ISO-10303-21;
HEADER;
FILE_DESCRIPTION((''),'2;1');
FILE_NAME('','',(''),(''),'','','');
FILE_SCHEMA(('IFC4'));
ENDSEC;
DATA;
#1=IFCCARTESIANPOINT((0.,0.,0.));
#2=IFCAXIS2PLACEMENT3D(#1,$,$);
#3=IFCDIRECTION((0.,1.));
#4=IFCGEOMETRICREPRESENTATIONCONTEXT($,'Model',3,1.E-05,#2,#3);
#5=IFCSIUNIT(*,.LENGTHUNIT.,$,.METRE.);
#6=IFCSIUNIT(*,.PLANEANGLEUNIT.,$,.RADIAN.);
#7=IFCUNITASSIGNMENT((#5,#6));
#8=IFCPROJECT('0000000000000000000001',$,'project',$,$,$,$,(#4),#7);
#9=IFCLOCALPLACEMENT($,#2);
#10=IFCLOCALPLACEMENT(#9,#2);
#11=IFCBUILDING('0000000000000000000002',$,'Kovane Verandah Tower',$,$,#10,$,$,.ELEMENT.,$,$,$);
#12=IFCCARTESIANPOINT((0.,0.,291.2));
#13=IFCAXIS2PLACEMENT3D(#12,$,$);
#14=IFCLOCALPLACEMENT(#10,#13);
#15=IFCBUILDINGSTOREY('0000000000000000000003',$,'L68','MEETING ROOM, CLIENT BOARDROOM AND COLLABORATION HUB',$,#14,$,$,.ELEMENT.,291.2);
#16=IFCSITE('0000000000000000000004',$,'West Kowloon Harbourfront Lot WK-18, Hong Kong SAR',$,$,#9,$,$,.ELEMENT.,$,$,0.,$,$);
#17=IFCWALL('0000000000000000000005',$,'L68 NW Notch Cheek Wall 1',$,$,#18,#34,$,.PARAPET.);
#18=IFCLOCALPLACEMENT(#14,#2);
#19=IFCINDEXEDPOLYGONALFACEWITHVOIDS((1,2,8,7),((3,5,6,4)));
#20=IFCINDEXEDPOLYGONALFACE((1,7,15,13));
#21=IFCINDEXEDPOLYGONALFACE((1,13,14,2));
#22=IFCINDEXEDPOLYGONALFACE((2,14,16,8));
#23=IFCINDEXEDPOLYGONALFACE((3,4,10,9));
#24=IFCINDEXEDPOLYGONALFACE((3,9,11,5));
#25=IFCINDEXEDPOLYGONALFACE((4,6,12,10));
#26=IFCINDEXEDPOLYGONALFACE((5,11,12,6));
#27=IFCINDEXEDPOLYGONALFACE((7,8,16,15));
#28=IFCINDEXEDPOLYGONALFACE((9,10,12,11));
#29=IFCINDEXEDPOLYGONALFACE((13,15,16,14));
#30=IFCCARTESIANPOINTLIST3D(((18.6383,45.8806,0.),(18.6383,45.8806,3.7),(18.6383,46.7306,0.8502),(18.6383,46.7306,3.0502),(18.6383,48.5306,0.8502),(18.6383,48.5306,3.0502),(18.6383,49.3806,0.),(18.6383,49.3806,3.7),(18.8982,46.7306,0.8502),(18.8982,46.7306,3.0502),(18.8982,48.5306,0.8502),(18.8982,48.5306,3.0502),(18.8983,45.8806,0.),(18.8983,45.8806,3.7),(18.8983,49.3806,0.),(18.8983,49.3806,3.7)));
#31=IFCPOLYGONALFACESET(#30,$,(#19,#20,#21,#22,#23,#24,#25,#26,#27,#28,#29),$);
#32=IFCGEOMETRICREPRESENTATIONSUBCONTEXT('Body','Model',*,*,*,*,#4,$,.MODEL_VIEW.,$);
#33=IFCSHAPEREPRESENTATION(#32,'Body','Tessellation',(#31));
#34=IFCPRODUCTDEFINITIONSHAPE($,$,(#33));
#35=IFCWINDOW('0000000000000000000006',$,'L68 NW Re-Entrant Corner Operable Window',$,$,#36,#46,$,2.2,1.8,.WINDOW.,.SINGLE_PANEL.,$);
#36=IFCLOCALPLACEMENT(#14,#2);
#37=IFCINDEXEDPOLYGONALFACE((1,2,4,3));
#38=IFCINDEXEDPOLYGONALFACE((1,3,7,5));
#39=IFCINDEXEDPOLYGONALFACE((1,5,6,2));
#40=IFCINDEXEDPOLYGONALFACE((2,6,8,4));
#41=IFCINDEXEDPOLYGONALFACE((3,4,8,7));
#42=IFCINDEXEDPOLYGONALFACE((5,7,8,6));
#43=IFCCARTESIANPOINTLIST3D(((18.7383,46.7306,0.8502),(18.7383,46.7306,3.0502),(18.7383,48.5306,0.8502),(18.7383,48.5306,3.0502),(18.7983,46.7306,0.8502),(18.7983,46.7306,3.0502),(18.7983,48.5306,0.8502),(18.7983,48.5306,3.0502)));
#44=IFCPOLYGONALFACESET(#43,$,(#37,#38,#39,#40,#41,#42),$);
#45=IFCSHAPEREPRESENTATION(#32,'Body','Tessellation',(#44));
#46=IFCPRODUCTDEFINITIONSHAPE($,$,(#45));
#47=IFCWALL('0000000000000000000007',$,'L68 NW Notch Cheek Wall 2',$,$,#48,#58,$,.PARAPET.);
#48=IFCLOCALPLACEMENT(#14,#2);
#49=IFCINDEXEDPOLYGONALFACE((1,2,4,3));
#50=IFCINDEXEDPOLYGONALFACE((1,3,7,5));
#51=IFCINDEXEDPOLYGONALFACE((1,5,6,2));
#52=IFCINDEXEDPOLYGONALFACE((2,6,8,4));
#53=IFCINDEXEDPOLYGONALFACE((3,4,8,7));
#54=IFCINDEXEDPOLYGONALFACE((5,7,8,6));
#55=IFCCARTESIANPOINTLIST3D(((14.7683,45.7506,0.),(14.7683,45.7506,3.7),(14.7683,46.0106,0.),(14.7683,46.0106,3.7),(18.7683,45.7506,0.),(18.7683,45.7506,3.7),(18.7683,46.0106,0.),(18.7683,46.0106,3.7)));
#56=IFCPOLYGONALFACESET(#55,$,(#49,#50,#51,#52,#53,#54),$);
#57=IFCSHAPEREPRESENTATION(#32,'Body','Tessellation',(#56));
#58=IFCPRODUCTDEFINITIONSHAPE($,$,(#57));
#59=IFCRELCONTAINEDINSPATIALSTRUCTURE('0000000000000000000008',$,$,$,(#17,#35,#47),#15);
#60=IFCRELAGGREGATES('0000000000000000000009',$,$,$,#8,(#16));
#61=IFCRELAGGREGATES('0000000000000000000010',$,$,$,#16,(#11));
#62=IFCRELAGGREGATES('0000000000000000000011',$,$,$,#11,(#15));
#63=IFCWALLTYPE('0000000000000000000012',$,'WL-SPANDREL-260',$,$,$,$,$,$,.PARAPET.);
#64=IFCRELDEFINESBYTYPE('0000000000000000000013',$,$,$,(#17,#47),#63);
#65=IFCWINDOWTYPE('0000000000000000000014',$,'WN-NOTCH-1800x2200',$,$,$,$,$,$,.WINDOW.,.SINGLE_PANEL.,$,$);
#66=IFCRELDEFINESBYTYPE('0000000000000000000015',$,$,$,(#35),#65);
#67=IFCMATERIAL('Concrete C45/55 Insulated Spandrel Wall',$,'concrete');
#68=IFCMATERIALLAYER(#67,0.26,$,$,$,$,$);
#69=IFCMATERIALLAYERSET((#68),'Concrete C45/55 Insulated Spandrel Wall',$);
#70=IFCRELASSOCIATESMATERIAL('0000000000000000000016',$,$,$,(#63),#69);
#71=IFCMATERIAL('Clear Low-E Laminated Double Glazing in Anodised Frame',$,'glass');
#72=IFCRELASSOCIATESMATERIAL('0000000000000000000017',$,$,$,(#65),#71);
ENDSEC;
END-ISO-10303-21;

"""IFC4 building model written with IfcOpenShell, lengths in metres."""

from ifc_helpers import new_model, si_unit, direction, frame, frame_2d, origin, place, context, subcontext, project, spatial, rectangle, extrude, material, layer, layer_set, type_object, element, fill, save


model = new_model("IFC4")

# Units and contexts
model_context = context("Model", 3, precision=1e-05, world=origin(), true_north=direction((0.0, 1.0)))
body_context = subcontext(model_context, "Body", "Model", "MODEL_VIEW")
ifc_project = project(units=[si_unit("LENGTHUNIT", "METRE"), si_unit("PLANEANGLEUNIT", "RADIAN")], contexts=[model_context])

# Site, building, storey
site_placement = place(None, origin())
site = spatial("IfcSite", under=ifc_project, at=site_placement, Name="West Kowloon Harbourfront Lot WK-18, Hong Kong SAR", CompositionType="ELEMENT", RefElevation=0.0)
building_placement = place(site_placement, origin())
building = spatial("IfcBuilding", under=site, at=building_placement, Name="Kovane Verandah Tower", CompositionType="ELEMENT")
storey_placement = place(building_placement, frame((0.0, 0.0, 291.2)))
storey = spatial("IfcBuildingStorey", under=building, at=storey_placement, Name="L68", Description="MEETING ROOM, CLIENT BOARDROOM AND COLLABORATION HUB", CompositionType="ELEMENT", Elevation=291.2)

# Wall, opening, window
ifc_material_1 = material(Name="Concrete C45/55 Insulated Spandrel Wall", Category="concrete")
ifc_layer_1 = layer(ifc_material_1, 0.26)
ifc_layer_set_1 = layer_set([ifc_layer_1], Name="Concrete C45/55 Insulated Spandrel Wall")
wall_type_1 = type_object("IfcWallType", Name="WL-SPANDREL-260", PredefinedType="PARAPET", material=ifc_layer_set_1)
wall_1_placement = place(storey_placement, frame((18.7683, 49.3806, 0.0), z_axis=(0.0, 0.0, 1.0), x_axis=(0.0, -1.0, 0.0)))
wall_1 = element("IfcWall", 1, at=wall_1_placement, inside=storey, type_object=wall_type_1, Name="L68 NW Notch Cheek Wall 1", PredefinedType="PARAPET", context=body_context, shape_type="SweptSolid", body=[
    extrude(rectangle(XDim=3.5, YDim=0.26, at=frame_2d((1.75, 0.0))), origin(), (0.0, 0.0, 1.0), 3.7),
])
opening_placement = place(wall_1_placement, frame((0.8501, 0.0, 0.8501)))
opening = element("IfcOpeningElement", 2, at=opening_placement, cuts=wall_1, PredefinedType="OPENING", context=body_context, shape_type="SweptSolid", body=[
    extrude(rectangle(XDim=1.8, YDim=2.2, at=frame_2d((0.8999, 1.1001))), frame((0.0, 0.1299, 0.0), z_axis=(0.0, -1.0, 0.0), x_axis=(1.0, 0.0, 0.0)), (0.0, 0.0, 1.0), 0.26),
])
ifc_material_2 = material(Name="Clear Low-E Laminated Double Glazing in Anodised Frame", Category="glass")
window_type = type_object("IfcWindowType", Name="WN-NOTCH-1800x2200", PartitioningType="SINGLE_PANEL", PredefinedType="WINDOW", material=ifc_material_2)
window_placement = place(opening_placement, origin())
window = element("IfcWindow", 3, at=window_placement, inside=storey, type_object=window_type, Name="L68 NW Re-Entrant Corner Operable Window", OverallHeight=2.2, OverallWidth=1.8, PartitioningType="SINGLE_PANEL", PredefinedType="WINDOW", context=body_context, shape_type="SweptSolid", body=[
    extrude(rectangle(XDim=1.8, YDim=2.2, at=frame_2d((0.8999, 1.1001))), frame((0.0, 0.03, 0.0), z_axis=(0.0, -1.0, 0.0), x_axis=(1.0, 0.0, 0.0)), (0.0, 0.0, 1.0), 0.0601),
])
fill(opening, window)

# Wall
wall_2_placement = place(storey_placement, frame((18.7683, 45.8806, 0.0), z_axis=(0.0, 0.0, 1.0), x_axis=(-1.0, 0.0, 0.0)))
element("IfcWall", 4, at=wall_2_placement, inside=storey, type_object=wall_type_1, Name="L68 NW Notch Cheek Wall 2", PredefinedType="PARAPET", context=body_context, shape_type="SweptSolid", body=[
    extrude(rectangle(XDim=4.0, YDim=0.26, at=frame_2d((2.0, 0.0))), origin(), (0.0, 0.0, 1.0), 3.7),
])

save(model, "model.ifc")
